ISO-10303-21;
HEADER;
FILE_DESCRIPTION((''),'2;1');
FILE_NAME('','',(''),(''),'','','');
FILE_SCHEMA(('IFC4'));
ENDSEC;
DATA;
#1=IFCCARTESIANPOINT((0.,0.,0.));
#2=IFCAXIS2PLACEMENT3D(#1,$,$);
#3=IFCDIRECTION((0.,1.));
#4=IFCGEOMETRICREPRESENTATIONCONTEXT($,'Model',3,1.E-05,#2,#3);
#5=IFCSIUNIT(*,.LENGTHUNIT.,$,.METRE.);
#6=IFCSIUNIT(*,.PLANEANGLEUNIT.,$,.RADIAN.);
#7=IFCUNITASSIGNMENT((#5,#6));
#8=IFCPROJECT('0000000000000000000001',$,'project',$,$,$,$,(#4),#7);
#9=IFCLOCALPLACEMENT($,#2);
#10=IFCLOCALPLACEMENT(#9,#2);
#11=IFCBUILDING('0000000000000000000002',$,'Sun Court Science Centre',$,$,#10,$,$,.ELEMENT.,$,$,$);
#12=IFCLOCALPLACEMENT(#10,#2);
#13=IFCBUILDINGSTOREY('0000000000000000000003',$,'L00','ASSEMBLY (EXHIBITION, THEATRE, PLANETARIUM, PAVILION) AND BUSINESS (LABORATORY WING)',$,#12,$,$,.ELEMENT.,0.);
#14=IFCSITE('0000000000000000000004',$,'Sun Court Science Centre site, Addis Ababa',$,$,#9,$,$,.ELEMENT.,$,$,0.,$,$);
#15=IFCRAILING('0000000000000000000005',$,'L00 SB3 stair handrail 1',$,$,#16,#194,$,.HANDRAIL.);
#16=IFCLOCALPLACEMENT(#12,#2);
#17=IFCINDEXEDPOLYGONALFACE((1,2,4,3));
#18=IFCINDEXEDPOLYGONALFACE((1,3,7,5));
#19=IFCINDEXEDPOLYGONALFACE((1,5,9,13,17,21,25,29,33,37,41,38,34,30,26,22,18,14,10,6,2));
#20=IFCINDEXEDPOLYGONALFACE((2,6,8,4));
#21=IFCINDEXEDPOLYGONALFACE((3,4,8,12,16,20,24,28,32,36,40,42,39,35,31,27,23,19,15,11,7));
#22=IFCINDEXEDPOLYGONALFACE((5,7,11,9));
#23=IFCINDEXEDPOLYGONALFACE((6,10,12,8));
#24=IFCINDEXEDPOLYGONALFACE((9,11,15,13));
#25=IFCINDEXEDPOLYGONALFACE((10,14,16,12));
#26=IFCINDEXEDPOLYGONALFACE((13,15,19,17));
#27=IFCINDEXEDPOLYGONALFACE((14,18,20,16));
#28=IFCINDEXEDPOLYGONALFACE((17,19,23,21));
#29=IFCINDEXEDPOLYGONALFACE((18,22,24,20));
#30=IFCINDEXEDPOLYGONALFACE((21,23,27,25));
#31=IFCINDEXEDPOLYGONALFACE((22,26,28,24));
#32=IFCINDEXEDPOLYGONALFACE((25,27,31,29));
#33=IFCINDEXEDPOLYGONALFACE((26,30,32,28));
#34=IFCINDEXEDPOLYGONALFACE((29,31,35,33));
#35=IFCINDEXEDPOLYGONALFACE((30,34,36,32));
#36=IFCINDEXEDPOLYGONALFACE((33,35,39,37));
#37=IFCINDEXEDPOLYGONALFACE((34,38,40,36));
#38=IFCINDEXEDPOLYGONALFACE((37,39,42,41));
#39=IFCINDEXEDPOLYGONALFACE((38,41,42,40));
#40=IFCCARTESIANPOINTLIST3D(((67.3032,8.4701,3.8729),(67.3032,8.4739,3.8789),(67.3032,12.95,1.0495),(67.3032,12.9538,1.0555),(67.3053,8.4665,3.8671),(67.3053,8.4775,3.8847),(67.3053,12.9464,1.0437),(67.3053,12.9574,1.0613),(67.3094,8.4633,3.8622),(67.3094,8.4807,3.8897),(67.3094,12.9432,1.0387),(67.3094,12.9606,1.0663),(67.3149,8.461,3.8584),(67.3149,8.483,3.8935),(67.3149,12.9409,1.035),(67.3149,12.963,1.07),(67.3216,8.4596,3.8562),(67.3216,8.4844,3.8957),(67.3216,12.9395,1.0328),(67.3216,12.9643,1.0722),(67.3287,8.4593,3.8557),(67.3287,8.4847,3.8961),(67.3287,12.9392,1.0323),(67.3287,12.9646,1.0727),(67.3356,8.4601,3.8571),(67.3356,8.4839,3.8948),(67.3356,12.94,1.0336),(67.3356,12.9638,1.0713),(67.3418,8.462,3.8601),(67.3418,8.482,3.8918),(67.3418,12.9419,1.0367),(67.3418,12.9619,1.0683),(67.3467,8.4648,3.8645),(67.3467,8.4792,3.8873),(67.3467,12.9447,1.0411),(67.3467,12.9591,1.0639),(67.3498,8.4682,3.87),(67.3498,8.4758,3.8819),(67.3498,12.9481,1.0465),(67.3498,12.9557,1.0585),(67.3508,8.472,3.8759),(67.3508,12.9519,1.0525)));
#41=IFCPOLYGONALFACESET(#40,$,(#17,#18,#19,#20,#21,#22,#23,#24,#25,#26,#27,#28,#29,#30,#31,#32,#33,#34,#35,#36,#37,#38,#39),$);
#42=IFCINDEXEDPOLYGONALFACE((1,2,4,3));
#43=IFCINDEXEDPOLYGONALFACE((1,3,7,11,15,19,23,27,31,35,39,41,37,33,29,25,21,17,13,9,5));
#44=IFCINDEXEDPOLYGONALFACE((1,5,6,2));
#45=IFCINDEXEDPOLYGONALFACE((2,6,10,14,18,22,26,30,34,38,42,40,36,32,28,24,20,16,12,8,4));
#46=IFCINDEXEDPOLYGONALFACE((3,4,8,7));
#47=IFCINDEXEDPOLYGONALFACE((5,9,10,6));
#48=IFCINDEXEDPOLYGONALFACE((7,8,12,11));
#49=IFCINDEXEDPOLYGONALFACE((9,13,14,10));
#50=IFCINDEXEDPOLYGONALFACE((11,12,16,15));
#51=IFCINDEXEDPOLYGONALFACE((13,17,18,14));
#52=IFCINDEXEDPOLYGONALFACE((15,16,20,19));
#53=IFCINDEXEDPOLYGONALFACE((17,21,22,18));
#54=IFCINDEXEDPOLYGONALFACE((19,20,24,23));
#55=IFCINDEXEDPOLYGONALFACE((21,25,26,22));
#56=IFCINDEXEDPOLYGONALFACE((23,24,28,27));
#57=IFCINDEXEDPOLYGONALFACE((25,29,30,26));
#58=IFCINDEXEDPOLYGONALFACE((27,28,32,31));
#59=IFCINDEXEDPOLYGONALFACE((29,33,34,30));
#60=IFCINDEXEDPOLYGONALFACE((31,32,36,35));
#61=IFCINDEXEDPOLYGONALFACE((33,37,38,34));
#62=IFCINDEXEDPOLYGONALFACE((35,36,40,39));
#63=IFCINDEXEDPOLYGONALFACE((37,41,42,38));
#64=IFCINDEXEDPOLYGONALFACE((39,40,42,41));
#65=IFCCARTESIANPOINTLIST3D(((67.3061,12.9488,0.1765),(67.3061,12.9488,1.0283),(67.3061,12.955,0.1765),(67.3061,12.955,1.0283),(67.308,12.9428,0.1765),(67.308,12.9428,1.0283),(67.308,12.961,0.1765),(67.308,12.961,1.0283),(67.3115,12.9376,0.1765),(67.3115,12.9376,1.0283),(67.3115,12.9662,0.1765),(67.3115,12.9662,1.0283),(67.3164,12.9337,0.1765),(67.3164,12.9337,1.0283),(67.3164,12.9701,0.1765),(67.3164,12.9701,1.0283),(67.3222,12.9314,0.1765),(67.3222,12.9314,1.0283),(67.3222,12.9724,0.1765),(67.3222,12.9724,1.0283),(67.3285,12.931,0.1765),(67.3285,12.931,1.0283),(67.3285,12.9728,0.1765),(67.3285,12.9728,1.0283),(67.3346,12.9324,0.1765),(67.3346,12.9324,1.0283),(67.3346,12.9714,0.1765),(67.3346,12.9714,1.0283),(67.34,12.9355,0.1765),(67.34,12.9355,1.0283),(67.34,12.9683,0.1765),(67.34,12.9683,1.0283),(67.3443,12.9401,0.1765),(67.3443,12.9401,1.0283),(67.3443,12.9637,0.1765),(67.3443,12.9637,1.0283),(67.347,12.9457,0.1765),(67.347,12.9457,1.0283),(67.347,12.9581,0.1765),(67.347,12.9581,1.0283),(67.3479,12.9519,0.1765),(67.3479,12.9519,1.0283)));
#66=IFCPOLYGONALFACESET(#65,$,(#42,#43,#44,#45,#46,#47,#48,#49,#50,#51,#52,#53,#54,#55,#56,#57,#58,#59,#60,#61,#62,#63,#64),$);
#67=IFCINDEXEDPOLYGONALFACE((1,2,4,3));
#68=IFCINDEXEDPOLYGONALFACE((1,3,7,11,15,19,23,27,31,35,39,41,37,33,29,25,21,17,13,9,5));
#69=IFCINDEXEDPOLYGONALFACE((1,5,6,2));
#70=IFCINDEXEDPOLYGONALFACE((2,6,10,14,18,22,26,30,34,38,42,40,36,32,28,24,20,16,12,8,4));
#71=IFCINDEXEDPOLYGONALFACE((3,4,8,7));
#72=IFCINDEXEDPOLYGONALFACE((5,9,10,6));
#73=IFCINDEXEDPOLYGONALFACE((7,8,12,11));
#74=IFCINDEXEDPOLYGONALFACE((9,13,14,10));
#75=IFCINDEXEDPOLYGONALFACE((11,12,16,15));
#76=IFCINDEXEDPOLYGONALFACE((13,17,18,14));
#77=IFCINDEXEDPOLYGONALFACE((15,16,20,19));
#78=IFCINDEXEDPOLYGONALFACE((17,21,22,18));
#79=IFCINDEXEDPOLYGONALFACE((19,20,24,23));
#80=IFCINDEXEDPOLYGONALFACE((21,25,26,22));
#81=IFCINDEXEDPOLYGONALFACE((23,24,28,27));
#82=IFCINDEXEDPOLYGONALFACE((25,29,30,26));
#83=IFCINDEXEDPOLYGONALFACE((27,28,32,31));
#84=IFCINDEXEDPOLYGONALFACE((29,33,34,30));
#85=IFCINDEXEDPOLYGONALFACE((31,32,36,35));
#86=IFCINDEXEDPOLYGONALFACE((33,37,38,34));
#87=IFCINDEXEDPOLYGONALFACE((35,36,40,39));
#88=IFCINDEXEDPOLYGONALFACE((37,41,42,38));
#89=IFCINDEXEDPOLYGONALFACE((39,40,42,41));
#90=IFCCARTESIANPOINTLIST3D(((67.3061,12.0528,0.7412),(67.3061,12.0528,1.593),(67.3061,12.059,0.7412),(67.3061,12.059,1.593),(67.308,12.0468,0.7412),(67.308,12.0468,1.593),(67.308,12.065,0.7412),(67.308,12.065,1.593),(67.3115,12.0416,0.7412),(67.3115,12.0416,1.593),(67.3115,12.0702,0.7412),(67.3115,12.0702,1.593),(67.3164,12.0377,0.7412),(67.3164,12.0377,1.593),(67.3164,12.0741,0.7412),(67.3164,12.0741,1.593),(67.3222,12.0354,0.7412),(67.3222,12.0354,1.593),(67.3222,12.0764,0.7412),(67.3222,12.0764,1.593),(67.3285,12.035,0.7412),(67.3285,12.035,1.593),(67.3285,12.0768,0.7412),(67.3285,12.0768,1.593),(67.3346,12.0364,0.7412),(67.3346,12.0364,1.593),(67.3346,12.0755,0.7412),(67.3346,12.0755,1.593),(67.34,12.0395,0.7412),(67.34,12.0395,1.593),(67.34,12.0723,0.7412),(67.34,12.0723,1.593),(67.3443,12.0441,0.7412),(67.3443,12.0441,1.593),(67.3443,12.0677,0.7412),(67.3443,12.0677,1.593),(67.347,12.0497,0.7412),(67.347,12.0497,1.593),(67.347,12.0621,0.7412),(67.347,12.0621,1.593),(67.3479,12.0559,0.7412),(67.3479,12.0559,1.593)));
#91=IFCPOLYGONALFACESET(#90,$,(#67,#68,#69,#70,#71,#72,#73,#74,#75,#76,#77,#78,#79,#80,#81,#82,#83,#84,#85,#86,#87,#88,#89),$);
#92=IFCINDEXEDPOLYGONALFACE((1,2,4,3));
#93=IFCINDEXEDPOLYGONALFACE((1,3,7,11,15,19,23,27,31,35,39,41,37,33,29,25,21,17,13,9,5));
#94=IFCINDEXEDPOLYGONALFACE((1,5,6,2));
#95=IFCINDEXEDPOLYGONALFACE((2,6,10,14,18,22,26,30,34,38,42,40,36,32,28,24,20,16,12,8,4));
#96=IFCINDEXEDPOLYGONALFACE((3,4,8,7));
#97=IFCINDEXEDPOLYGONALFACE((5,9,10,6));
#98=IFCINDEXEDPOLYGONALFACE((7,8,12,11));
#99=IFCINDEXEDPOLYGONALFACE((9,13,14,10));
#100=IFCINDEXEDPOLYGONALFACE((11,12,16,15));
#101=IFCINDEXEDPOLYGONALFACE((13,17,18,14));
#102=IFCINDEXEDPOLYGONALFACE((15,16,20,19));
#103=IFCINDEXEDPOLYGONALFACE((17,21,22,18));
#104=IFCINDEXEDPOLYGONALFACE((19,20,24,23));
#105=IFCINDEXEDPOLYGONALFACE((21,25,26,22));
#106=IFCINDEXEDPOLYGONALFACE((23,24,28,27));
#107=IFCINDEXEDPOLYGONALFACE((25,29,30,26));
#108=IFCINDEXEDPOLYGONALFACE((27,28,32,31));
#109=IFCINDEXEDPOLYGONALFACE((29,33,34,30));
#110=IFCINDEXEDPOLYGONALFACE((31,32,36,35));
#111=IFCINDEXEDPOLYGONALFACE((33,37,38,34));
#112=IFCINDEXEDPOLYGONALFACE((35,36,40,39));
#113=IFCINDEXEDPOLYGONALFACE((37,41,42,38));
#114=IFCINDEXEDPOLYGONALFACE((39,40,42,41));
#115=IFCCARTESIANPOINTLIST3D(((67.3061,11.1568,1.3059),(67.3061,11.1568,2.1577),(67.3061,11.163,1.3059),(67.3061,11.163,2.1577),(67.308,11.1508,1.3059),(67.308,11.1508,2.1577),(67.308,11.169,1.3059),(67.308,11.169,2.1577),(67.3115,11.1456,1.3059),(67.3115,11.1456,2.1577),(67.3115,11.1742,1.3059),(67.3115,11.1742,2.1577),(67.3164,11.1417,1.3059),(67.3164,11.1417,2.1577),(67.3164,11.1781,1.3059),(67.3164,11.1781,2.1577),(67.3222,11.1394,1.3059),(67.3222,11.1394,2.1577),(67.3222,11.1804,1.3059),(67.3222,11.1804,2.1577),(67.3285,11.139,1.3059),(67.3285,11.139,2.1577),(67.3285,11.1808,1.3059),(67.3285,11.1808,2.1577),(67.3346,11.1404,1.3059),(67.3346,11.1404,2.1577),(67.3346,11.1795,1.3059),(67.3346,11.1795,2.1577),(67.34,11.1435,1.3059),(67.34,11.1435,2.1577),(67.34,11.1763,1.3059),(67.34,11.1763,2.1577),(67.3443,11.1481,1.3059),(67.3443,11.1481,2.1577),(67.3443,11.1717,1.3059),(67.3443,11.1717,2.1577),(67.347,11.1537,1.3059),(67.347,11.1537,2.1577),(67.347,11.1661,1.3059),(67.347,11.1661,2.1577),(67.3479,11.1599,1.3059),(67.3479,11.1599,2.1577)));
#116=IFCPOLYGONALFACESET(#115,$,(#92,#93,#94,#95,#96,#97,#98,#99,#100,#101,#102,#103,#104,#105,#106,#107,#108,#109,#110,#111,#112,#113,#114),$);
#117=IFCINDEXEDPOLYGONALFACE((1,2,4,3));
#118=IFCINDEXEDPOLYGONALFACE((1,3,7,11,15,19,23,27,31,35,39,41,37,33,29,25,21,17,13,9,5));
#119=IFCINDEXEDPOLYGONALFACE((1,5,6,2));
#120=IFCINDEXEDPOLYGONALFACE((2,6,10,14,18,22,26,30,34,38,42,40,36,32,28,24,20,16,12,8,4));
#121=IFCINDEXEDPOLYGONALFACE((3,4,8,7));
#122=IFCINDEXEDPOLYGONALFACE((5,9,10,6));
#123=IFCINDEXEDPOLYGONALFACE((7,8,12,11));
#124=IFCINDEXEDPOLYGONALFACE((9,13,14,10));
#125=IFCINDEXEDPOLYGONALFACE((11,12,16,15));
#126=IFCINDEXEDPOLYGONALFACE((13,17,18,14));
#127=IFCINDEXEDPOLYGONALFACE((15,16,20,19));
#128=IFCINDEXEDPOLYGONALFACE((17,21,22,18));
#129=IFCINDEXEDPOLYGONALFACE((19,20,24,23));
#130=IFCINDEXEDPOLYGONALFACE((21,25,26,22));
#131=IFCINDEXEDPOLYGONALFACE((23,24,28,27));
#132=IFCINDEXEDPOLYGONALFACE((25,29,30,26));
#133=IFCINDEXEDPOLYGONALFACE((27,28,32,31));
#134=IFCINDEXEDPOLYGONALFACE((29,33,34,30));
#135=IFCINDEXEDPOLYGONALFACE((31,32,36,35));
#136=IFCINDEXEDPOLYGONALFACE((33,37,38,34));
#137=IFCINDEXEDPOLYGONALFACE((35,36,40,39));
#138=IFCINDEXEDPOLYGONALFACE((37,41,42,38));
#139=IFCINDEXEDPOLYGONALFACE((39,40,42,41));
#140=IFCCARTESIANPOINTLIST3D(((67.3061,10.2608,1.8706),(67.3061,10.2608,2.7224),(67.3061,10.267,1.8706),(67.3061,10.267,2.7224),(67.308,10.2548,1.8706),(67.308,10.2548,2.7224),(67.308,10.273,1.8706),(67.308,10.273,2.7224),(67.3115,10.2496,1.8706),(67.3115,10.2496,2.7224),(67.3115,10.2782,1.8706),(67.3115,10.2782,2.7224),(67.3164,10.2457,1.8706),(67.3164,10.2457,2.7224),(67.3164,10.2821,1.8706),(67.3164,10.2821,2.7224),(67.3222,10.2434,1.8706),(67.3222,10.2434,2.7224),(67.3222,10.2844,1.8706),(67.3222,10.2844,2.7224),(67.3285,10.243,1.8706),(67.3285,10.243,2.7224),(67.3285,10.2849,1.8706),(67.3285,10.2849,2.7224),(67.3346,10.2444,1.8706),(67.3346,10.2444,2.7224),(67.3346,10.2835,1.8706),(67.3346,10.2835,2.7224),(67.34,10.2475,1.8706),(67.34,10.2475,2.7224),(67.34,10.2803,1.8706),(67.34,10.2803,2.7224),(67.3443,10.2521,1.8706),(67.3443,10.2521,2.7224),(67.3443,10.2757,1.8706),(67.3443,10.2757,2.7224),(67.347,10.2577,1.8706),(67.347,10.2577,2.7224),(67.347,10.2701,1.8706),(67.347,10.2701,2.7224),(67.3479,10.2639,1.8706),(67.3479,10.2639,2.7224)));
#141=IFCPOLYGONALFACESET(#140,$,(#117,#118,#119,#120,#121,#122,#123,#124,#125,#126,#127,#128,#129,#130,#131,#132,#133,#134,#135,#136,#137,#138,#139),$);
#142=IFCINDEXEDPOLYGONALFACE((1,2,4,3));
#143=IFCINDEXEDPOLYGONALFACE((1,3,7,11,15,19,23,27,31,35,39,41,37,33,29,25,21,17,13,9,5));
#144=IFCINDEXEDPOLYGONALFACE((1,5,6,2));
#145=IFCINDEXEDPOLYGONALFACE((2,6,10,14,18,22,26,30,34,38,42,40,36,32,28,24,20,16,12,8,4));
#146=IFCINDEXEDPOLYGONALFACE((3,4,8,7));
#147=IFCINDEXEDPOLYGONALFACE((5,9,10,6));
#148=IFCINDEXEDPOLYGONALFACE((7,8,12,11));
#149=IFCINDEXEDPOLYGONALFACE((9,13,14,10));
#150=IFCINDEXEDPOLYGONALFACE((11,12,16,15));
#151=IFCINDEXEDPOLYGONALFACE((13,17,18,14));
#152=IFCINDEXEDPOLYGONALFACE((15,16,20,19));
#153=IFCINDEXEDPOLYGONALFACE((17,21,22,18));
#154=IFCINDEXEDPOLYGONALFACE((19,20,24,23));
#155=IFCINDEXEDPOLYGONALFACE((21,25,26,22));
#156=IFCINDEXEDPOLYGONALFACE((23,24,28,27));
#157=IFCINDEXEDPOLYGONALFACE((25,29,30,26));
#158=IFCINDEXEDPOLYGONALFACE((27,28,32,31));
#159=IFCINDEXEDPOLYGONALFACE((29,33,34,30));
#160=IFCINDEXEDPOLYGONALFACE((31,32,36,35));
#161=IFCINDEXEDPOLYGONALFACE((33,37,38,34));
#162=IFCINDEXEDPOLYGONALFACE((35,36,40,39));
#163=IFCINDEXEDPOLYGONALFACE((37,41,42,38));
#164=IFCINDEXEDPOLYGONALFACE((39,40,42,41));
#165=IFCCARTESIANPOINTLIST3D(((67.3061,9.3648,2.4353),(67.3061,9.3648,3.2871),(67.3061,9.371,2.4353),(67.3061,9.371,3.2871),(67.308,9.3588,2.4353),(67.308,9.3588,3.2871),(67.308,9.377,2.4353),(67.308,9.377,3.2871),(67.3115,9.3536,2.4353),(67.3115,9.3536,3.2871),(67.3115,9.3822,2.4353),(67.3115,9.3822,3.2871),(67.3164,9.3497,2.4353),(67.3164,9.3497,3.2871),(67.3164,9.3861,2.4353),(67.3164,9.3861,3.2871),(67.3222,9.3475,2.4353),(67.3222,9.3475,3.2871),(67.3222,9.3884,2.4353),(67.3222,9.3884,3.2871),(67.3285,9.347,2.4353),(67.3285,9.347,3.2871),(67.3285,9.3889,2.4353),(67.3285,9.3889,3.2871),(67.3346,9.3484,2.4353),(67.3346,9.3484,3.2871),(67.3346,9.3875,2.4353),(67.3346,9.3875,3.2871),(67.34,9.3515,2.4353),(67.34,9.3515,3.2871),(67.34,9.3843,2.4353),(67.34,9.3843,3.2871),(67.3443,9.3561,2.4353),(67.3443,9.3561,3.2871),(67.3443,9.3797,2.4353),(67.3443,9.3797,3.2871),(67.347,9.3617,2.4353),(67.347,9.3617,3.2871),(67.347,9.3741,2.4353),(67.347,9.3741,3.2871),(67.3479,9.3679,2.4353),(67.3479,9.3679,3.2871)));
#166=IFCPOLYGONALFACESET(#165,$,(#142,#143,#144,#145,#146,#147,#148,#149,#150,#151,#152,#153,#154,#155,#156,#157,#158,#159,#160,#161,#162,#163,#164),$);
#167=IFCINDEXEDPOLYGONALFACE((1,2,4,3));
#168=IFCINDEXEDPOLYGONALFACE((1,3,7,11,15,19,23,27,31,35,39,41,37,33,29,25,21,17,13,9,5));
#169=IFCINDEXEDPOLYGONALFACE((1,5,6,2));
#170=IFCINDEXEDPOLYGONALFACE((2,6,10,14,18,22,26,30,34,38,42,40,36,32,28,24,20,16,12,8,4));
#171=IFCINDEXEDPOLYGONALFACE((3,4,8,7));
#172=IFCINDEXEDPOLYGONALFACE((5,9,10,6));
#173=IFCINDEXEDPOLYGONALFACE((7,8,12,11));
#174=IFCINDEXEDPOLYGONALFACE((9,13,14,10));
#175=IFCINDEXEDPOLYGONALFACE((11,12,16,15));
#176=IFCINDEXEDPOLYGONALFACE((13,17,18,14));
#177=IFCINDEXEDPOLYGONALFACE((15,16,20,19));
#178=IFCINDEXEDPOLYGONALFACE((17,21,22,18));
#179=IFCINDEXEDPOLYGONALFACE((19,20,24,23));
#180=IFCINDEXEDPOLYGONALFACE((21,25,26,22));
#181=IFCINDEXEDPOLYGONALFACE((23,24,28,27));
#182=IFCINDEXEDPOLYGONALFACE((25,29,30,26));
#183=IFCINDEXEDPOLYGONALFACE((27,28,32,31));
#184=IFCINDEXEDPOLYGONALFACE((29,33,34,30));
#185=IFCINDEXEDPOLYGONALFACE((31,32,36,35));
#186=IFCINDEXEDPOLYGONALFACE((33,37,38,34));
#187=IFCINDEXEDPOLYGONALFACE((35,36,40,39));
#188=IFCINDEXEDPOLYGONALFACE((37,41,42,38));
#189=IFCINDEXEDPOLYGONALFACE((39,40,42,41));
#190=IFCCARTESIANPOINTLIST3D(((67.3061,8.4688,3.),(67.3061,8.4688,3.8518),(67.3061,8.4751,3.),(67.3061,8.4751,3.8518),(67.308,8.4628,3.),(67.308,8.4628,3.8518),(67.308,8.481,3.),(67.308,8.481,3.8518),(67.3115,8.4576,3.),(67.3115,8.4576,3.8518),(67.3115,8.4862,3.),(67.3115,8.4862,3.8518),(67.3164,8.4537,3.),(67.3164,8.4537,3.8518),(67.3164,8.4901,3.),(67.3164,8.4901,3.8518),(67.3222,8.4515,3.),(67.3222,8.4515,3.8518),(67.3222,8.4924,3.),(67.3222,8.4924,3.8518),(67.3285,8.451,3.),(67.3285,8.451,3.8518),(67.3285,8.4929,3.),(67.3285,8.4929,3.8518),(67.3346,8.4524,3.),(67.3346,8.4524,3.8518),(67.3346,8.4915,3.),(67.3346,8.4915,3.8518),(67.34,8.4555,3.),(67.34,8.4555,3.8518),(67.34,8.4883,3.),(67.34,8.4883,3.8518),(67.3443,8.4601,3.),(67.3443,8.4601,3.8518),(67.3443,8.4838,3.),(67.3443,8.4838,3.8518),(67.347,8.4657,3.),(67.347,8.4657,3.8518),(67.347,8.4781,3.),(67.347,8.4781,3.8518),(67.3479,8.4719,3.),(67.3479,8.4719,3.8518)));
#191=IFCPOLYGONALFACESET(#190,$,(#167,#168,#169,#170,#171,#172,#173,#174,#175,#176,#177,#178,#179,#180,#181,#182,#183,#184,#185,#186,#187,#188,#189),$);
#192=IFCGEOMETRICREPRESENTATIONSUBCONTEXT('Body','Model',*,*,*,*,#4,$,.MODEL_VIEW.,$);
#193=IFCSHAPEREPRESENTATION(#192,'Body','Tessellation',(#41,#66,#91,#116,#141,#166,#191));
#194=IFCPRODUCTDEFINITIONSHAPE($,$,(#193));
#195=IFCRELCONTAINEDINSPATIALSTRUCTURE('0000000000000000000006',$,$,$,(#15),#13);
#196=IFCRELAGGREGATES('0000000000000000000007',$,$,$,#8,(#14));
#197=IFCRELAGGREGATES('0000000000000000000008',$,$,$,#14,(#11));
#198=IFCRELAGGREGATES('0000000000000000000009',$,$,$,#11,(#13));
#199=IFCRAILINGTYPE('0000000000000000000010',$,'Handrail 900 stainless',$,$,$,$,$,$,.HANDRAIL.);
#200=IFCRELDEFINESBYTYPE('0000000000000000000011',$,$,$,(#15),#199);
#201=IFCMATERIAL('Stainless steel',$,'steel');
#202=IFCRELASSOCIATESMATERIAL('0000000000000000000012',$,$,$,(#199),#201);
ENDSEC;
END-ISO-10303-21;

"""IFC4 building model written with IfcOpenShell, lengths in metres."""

from ifc_helpers import new_model, si_unit, direction, frame, origin, origin_2d, place, context, subcontext, project, spatial, circle, extrude, material, type_object, element, save


model = new_model("IFC4")

# Units and contexts
model_context = context("Model", 3, precision=1e-05, world=origin(), true_north=direction((0.0, 1.0)))
body_context = subcontext(model_context, "Body", "Model", "MODEL_VIEW")
ifc_project = project(units=[si_unit("LENGTHUNIT", "METRE"), si_unit("PLANEANGLEUNIT", "RADIAN")], contexts=[model_context])

# Site, building, storey
site_placement = place(None, origin())
site = spatial("IfcSite", under=ifc_project, at=site_placement, Name="Sun Court Science Centre site, Addis Ababa", CompositionType="ELEMENT", RefElevation=0.0)
building_placement = place(site_placement, origin())
building = spatial("IfcBuilding", under=site, at=building_placement, Name="Sun Court Science Centre", CompositionType="ELEMENT")
storey_placement = place(building_placement, origin())
storey = spatial("IfcBuildingStorey", under=building, at=storey_placement, Name="L00", Description="ASSEMBLY (EXHIBITION, THEATRE, PLANETARIUM, PAVILION) AND BUSINESS (LABORATORY WING)", CompositionType="ELEMENT", Elevation=0.0)

# Railing
ifc_material_1 = material(Name="Stainless steel", Category="steel")
railing_type_1 = type_object("IfcRailingType", Name="Handrail 900 stainless", PredefinedType="HANDRAIL", material=ifc_material_1)
railing_1_placement = place(storey_placement, frame((67.3269, 12.9519, 0.1765)))
element("IfcRailing", 1, at=railing_1_placement, inside=storey, type_object=railing_type_1, Name="L00 SB3 stair handrail 1", PredefinedType="HANDRAIL", context=body_context, shape_type="SweptSolid", body=[
    extrude(circle(Radius=0.0239, at=origin_2d()), frame((0.0, 0.0, 0.876), z_axis=(0.0, -0.845998, 0.533186), x_axis=(1.0, 0.0, 0.0)), (0.0, 0.0, 1.0), 5.2954),
    extrude(circle(Radius=0.021, at=origin_2d()), origin(), (0.0, 0.0, 1.0), 0.8518),
    extrude(circle(Radius=0.021, at=origin_2d()), frame((0.0, -0.896, 0.5647)), (0.0, 0.0, 1.0), 0.8518),
    extrude(circle(Radius=0.021, at=origin_2d()), frame((0.0, -1.792, 1.1294)), (0.0, 0.0, 1.0), 0.8518),
    extrude(circle(Radius=0.021, at=origin_2d()), frame((0.0, -2.688, 1.6941)), (0.0, 0.0, 1.0), 0.8518),
    extrude(circle(Radius=0.021, at=origin_2d()), frame((0.0, -3.584, 2.2588)), (0.0, 0.0, 1.0), 0.8518),
    extrude(circle(Radius=0.021, at=origin_2d()), frame((0.0, -4.48, 2.8235)), (0.0, 0.0, 1.0), 0.8518),
])

save(model, "model.ifc")
